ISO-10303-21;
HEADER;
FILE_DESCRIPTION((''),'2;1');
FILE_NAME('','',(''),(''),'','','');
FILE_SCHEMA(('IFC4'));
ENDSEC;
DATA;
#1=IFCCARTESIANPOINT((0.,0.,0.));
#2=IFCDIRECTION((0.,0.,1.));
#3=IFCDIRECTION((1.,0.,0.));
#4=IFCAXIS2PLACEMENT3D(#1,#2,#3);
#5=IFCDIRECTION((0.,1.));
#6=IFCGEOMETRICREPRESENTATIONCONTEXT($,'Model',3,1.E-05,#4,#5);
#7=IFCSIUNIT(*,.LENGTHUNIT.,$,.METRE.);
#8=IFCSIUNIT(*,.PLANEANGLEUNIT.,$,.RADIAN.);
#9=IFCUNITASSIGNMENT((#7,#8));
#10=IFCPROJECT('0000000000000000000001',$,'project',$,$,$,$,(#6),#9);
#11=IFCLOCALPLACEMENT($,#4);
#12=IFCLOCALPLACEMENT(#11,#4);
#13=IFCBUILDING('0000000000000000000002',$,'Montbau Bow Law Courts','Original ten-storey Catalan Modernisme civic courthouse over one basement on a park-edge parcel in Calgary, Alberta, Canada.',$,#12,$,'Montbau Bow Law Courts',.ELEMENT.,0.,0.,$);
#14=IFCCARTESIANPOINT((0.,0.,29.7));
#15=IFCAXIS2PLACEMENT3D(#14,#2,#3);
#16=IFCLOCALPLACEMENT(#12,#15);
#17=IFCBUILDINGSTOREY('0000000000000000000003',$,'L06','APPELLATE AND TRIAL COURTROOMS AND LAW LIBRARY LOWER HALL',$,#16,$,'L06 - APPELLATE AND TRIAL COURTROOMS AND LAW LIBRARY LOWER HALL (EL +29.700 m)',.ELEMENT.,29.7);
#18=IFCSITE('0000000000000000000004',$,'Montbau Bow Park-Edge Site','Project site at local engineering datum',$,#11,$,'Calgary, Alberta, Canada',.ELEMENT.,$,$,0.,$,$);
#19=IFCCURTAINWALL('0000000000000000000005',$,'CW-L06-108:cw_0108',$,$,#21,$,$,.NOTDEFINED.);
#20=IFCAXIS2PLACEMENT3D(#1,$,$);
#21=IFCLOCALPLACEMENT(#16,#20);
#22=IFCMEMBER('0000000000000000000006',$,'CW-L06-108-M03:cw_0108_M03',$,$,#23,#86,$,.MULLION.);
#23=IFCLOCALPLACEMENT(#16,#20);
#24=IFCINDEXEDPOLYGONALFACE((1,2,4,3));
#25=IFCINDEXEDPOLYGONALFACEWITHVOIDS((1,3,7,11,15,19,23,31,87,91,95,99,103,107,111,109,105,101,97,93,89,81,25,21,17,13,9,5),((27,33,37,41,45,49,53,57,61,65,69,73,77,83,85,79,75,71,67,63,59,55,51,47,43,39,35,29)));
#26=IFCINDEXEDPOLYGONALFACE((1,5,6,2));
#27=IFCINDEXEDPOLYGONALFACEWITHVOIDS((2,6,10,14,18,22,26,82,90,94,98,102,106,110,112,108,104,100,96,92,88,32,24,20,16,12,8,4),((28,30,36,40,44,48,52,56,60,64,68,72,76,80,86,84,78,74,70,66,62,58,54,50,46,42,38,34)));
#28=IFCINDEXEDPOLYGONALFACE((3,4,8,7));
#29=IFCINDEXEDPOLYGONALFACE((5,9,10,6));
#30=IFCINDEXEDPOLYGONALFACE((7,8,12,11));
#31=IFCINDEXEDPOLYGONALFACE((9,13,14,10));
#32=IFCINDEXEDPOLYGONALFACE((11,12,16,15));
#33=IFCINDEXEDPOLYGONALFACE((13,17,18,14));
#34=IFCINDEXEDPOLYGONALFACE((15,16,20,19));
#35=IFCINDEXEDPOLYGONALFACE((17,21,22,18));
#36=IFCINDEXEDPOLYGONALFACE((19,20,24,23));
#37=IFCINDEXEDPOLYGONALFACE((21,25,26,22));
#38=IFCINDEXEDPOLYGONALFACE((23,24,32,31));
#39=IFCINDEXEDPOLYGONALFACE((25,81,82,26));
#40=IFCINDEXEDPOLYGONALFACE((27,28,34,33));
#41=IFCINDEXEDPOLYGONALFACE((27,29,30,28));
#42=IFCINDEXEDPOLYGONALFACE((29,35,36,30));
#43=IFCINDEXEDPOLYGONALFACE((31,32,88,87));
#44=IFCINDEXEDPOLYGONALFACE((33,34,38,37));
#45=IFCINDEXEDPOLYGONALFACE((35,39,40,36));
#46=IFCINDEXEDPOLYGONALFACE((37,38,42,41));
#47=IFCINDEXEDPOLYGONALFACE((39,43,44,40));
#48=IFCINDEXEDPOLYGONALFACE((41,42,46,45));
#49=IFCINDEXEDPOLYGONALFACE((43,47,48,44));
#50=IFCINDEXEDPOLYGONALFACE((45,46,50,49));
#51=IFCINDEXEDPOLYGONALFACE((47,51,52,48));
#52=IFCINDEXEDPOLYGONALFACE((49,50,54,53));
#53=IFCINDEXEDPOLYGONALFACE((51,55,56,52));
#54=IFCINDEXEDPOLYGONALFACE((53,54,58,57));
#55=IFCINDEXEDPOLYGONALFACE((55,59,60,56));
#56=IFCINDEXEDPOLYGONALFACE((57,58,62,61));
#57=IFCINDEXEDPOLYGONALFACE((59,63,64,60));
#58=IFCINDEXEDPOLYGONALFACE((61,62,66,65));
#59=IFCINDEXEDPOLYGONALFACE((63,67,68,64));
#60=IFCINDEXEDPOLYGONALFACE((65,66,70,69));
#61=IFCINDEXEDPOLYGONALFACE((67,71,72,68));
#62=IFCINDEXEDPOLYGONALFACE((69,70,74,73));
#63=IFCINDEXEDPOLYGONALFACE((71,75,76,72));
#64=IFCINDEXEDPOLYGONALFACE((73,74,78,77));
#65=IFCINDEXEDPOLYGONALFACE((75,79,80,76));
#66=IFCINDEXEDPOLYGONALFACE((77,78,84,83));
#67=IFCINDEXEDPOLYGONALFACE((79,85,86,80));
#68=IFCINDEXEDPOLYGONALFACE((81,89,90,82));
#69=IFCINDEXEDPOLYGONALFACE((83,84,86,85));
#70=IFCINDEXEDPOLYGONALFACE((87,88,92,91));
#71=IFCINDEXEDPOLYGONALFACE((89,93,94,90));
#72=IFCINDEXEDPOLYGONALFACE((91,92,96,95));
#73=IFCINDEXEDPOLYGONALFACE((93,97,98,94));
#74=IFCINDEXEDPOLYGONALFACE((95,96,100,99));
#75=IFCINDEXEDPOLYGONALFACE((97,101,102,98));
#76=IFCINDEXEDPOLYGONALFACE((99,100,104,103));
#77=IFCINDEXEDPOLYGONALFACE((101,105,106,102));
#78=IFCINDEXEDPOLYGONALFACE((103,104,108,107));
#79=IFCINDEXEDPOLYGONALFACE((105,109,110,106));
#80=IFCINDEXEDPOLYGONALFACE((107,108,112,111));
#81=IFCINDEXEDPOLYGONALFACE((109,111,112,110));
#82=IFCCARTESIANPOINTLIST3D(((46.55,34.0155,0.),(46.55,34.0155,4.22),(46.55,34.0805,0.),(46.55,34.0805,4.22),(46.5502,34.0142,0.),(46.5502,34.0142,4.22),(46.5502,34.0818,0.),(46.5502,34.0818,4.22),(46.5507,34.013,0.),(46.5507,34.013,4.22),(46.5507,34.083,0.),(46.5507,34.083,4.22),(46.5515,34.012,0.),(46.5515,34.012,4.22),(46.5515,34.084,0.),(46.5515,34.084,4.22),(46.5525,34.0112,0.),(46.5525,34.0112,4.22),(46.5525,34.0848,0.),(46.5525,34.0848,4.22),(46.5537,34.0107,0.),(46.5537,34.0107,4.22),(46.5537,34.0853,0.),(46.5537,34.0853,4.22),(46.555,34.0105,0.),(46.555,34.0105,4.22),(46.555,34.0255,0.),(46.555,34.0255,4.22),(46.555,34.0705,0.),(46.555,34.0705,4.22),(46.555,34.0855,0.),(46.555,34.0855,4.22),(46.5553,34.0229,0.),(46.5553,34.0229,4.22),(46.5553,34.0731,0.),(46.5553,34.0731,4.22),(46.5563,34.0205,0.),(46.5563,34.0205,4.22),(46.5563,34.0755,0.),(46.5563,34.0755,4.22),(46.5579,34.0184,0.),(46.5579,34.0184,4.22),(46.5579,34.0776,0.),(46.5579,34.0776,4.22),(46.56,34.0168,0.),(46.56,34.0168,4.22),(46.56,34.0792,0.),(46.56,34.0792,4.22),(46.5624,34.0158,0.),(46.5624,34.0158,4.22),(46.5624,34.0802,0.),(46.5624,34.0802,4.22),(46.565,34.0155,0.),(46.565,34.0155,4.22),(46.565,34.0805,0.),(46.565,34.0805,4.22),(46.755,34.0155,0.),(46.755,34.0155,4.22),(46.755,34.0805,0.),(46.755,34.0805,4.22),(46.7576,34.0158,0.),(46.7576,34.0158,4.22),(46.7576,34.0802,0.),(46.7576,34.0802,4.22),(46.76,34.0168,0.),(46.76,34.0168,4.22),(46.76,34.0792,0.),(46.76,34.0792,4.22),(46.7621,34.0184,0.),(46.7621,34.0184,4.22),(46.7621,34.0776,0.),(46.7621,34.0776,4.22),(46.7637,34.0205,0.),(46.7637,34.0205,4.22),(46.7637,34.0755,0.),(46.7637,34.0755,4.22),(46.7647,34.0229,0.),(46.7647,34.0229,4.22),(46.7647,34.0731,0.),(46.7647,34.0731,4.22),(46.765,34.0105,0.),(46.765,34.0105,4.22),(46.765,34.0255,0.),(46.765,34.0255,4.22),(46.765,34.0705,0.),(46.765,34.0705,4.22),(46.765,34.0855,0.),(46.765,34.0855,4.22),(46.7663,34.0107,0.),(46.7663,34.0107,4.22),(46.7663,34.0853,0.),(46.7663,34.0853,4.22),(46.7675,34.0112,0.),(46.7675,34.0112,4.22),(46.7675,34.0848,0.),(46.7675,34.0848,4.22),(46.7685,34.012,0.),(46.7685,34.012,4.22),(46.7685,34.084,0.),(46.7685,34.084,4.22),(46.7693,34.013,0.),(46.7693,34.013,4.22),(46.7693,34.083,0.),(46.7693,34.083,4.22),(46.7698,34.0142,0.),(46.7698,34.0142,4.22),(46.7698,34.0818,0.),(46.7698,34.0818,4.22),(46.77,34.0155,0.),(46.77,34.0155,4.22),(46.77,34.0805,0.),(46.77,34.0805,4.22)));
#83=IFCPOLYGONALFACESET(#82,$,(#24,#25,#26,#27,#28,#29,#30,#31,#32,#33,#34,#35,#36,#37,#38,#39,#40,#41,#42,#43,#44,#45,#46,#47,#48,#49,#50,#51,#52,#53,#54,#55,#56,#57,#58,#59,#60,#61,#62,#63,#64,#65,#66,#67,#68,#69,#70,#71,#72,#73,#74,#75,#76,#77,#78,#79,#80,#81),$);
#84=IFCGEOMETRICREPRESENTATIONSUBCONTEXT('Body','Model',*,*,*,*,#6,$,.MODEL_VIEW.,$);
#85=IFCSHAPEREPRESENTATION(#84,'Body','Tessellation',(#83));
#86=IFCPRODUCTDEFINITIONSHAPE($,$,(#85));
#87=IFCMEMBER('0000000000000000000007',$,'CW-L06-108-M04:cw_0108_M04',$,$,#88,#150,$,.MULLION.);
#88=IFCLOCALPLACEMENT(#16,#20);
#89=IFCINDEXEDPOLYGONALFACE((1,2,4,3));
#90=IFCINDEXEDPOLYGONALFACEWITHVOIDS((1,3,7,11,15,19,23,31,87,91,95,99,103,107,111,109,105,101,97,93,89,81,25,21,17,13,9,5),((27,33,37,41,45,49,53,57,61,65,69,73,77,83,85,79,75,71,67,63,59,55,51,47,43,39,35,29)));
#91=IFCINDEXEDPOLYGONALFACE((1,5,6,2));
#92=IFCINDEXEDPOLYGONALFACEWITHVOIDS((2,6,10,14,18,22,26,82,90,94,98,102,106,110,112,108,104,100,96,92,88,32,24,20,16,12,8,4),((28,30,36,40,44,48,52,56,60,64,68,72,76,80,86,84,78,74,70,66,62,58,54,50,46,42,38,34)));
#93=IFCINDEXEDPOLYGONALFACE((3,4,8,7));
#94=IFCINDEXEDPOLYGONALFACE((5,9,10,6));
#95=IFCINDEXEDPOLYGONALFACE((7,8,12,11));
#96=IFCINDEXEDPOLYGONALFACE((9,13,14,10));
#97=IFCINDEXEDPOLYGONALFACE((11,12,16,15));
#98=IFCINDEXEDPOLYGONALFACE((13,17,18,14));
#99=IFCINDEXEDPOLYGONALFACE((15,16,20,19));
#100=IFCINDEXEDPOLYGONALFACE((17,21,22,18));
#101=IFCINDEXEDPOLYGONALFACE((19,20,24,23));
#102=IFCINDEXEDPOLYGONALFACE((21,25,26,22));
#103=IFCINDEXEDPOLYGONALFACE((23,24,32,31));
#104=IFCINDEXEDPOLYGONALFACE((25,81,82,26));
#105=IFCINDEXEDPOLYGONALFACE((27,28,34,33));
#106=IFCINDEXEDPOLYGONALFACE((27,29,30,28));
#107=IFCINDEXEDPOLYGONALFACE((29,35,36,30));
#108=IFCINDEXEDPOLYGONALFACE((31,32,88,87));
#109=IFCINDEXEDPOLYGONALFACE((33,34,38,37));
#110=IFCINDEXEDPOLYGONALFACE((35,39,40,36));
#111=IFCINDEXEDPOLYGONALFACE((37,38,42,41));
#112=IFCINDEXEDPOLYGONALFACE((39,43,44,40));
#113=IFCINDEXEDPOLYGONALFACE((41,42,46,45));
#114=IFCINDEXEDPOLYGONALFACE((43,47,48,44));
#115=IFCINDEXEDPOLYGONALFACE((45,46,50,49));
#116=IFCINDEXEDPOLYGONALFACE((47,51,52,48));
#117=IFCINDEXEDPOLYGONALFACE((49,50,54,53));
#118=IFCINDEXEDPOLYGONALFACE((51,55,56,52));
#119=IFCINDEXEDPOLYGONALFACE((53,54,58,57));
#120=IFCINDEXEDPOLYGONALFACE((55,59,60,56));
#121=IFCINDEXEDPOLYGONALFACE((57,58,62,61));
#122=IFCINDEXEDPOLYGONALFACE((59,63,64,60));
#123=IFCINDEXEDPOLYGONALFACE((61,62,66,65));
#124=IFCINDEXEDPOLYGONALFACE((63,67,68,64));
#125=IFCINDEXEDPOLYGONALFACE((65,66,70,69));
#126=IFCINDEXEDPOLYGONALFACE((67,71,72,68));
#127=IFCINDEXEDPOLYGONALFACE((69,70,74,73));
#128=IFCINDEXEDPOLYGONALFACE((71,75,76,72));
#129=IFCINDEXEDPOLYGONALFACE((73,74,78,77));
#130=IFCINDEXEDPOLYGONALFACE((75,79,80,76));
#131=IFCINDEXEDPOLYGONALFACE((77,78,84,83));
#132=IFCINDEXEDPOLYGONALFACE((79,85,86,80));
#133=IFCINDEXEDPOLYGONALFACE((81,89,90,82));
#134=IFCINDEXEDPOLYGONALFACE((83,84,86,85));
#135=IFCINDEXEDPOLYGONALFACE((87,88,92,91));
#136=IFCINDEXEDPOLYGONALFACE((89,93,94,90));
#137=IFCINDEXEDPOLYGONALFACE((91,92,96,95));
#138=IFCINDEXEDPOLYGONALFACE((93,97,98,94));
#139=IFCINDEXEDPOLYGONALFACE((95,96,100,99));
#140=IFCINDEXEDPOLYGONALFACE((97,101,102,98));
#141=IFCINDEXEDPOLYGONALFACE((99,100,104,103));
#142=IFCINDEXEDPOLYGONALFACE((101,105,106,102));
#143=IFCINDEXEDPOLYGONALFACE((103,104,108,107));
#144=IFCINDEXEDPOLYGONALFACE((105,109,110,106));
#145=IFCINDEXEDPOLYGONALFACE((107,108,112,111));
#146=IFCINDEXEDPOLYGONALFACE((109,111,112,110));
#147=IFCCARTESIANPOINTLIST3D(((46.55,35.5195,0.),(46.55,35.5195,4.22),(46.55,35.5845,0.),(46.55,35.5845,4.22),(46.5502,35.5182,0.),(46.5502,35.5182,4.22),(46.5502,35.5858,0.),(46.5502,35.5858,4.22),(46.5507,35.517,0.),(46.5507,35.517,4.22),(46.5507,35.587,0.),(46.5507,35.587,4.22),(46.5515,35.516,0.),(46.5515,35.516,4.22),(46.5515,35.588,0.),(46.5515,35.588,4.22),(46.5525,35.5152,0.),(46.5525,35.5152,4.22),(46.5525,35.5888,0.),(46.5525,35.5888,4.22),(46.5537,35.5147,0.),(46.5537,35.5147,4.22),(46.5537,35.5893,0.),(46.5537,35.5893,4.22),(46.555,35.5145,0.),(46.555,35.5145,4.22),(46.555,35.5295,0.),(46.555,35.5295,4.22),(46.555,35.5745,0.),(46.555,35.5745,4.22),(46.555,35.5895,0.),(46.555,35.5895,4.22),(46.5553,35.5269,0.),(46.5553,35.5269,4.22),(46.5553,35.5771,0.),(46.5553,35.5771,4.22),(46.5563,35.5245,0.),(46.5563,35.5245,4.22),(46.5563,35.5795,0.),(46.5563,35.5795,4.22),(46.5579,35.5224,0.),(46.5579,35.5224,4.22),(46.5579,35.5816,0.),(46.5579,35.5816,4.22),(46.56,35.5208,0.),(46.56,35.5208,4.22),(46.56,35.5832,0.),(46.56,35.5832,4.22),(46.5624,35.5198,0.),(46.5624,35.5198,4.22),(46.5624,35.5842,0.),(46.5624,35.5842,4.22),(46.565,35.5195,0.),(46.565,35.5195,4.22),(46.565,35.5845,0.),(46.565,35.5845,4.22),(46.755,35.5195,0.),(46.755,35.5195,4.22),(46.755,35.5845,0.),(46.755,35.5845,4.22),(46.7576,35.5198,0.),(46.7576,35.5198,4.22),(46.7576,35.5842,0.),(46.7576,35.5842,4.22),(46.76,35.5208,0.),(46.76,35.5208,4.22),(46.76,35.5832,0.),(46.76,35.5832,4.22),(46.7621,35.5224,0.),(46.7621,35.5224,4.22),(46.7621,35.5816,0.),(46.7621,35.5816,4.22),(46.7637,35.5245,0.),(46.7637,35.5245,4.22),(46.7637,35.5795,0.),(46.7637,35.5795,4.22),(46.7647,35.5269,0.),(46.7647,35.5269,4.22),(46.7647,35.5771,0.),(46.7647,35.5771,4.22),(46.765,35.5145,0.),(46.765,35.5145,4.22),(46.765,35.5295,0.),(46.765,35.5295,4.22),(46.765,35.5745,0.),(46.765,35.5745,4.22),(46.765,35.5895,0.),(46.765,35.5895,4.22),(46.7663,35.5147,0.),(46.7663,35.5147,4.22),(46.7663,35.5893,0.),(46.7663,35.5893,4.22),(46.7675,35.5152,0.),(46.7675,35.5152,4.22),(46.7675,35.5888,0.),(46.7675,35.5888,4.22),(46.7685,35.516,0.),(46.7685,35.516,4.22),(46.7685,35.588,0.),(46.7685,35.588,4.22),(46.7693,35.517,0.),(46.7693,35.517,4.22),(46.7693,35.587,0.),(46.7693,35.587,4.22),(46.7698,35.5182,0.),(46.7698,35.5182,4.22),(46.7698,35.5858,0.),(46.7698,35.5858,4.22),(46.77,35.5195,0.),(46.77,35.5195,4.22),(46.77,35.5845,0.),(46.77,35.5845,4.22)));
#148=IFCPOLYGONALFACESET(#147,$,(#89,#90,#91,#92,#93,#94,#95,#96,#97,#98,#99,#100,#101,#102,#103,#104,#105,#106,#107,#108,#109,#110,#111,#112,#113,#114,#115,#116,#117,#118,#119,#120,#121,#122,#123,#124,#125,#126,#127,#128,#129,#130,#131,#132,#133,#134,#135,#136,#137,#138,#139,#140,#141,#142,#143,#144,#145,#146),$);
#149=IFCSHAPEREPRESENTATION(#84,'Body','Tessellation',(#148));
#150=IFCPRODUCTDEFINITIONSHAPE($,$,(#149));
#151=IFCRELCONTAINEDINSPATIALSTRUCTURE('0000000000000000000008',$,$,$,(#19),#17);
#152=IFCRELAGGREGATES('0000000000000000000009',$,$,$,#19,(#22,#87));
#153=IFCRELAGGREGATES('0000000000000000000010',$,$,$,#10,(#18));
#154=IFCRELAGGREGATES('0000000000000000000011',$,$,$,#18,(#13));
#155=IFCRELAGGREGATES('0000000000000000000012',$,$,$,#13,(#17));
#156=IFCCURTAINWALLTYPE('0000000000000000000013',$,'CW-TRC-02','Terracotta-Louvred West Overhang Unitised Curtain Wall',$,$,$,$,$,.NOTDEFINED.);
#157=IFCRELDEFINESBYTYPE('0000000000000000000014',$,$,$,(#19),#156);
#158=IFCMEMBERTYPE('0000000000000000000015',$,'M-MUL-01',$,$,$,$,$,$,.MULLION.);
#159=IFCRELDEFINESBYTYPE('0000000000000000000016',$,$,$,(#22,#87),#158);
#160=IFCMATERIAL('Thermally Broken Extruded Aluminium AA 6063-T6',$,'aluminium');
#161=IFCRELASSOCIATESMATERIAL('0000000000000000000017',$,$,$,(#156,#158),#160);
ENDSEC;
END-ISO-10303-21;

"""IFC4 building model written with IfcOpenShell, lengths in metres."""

from ifc_helpers import new_model, si_unit, direction, frame, origin_with_axes, origin_2d_with_axis, place, context, subcontext, project, spatial, hollow_rectangle, extrude, material, material_profile, profile_set, type_object, element, aggregate, save


model = new_model("IFC4")

# Units and contexts
model_context = context("Model", 3, precision=1e-05, world=origin_with_axes(), true_north=direction((0.0, 1.0)))
body_context = subcontext(model_context, "Body", "Model", "MODEL_VIEW")
ifc_project = project(units=[si_unit("LENGTHUNIT", "METRE"), si_unit("PLANEANGLEUNIT", "RADIAN")], contexts=[model_context])

# Site, building, storey
site_placement = place(None, origin_with_axes())
site = spatial("IfcSite", under=ifc_project, at=site_placement, Name="Montbau Bow Park-Edge Site", Description="Project site at local engineering datum", LongName="Calgary, Alberta, Canada", CompositionType="ELEMENT", RefElevation=0.0)
building_placement = place(site_placement, origin_with_axes())
building = spatial("IfcBuilding", under=site, at=building_placement, Name="Montbau Bow Law Courts", Description="Original ten-storey Catalan Modernisme civic courthouse over one basement on a park-edge parcel in Calgary, Alberta, Canada.", LongName="Montbau Bow Law Courts", CompositionType="ELEMENT", ElevationOfRefHeight=0.0, ElevationOfTerrain=0.0)
storey_placement = place(building_placement, frame((0.0, 0.0, 29.7), z_axis=(0.0, 0.0, 1.0), x_axis=(1.0, 0.0, 0.0)))
storey = spatial("IfcBuildingStorey", under=building, at=storey_placement, Name="L06", Description="APPELLATE AND TRIAL COURTROOMS AND LAW LIBRARY LOWER HALL", LongName="L06 - APPELLATE AND TRIAL COURTROOMS AND LAW LIBRARY LOWER HALL (EL +29.700 m)", CompositionType="ELEMENT", Elevation=29.7)

# Curtain wall, members
ifc_material_1 = material(Name="Thermally Broken Extruded Aluminium AA 6063-T6", Category="aluminium")
curtain_wall_type = type_object("IfcCurtainWallType", Name="CW-TRC-02", Description="Terracotta-Louvred West Overhang Unitised Curtain Wall", PredefinedType="NOTDEFINED", material=ifc_material_1)
curtain_wall_placement = place(None, frame((46.66, 31.04, 29.7), z_axis=(0.0, 0.0, 1.0), x_axis=(1.0, 0.0, 0.0)))
curtain_wall = element("IfcCurtainWall", 1, at=curtain_wall_placement, inside=storey, type_object=curtain_wall_type, Name="CW-L06-108:cw_0108", PredefinedType="NOTDEFINED")
ifc_material_profile_1 = material_profile(ifc_material_1, hollow_rectangle(XDim=0.075, YDim=0.22, WallThickness=0.005, InnerFilletRadius=0.01, OuterFilletRadius=0.005, at=origin_2d_with_axis()), Name="CWM-220X75", Category="Main", Priority=0)
ifc_profile_set_1 = profile_set([ifc_material_profile_1], Name="Thermally Broken Extruded Aluminium AA 6063-T6")
member_type_1 = type_object("IfcMemberType", Name="M-MUL-01", PredefinedType="MULLION", material=ifc_profile_set_1)
member_1_placement = place(None, frame((46.66, 34.048, 29.7), z_axis=(0.0, 0.0, 1.0), x_axis=(0.0, 1.0, 0.0)))
member_1 = element("IfcMember", 2, at=member_1_placement, type_object=member_type_1, Name="CW-L06-108-M03:cw_0108_M03", PredefinedType="MULLION", context=body_context, shape_type="SweptSolid", body=[
    extrude(hollow_rectangle(XDim=0.075, YDim=0.22, WallThickness=0.005, InnerFilletRadius=0.01, OuterFilletRadius=0.005, at=origin_2d_with_axis()), origin_with_axes(), (0.0, 0.0, 1.0), 4.22),
])
member_2_placement = place(None, frame((46.66, 35.552, 29.7), z_axis=(0.0, 0.0, 1.0), x_axis=(0.0, 1.0, 0.0)))
member_2 = element("IfcMember", 3, at=member_2_placement, type_object=member_type_1, Name="CW-L06-108-M04:cw_0108_M04", PredefinedType="MULLION", context=body_context, shape_type="SweptSolid", body=[
    extrude(hollow_rectangle(XDim=0.075, YDim=0.22, WallThickness=0.005, InnerFilletRadius=0.01, OuterFilletRadius=0.005, at=origin_2d_with_axis()), origin_with_axes(), (0.0, 0.0, 1.0), 4.22),
])
aggregate(curtain_wall, [member_1, member_2])

save(model, "model.ifc")
